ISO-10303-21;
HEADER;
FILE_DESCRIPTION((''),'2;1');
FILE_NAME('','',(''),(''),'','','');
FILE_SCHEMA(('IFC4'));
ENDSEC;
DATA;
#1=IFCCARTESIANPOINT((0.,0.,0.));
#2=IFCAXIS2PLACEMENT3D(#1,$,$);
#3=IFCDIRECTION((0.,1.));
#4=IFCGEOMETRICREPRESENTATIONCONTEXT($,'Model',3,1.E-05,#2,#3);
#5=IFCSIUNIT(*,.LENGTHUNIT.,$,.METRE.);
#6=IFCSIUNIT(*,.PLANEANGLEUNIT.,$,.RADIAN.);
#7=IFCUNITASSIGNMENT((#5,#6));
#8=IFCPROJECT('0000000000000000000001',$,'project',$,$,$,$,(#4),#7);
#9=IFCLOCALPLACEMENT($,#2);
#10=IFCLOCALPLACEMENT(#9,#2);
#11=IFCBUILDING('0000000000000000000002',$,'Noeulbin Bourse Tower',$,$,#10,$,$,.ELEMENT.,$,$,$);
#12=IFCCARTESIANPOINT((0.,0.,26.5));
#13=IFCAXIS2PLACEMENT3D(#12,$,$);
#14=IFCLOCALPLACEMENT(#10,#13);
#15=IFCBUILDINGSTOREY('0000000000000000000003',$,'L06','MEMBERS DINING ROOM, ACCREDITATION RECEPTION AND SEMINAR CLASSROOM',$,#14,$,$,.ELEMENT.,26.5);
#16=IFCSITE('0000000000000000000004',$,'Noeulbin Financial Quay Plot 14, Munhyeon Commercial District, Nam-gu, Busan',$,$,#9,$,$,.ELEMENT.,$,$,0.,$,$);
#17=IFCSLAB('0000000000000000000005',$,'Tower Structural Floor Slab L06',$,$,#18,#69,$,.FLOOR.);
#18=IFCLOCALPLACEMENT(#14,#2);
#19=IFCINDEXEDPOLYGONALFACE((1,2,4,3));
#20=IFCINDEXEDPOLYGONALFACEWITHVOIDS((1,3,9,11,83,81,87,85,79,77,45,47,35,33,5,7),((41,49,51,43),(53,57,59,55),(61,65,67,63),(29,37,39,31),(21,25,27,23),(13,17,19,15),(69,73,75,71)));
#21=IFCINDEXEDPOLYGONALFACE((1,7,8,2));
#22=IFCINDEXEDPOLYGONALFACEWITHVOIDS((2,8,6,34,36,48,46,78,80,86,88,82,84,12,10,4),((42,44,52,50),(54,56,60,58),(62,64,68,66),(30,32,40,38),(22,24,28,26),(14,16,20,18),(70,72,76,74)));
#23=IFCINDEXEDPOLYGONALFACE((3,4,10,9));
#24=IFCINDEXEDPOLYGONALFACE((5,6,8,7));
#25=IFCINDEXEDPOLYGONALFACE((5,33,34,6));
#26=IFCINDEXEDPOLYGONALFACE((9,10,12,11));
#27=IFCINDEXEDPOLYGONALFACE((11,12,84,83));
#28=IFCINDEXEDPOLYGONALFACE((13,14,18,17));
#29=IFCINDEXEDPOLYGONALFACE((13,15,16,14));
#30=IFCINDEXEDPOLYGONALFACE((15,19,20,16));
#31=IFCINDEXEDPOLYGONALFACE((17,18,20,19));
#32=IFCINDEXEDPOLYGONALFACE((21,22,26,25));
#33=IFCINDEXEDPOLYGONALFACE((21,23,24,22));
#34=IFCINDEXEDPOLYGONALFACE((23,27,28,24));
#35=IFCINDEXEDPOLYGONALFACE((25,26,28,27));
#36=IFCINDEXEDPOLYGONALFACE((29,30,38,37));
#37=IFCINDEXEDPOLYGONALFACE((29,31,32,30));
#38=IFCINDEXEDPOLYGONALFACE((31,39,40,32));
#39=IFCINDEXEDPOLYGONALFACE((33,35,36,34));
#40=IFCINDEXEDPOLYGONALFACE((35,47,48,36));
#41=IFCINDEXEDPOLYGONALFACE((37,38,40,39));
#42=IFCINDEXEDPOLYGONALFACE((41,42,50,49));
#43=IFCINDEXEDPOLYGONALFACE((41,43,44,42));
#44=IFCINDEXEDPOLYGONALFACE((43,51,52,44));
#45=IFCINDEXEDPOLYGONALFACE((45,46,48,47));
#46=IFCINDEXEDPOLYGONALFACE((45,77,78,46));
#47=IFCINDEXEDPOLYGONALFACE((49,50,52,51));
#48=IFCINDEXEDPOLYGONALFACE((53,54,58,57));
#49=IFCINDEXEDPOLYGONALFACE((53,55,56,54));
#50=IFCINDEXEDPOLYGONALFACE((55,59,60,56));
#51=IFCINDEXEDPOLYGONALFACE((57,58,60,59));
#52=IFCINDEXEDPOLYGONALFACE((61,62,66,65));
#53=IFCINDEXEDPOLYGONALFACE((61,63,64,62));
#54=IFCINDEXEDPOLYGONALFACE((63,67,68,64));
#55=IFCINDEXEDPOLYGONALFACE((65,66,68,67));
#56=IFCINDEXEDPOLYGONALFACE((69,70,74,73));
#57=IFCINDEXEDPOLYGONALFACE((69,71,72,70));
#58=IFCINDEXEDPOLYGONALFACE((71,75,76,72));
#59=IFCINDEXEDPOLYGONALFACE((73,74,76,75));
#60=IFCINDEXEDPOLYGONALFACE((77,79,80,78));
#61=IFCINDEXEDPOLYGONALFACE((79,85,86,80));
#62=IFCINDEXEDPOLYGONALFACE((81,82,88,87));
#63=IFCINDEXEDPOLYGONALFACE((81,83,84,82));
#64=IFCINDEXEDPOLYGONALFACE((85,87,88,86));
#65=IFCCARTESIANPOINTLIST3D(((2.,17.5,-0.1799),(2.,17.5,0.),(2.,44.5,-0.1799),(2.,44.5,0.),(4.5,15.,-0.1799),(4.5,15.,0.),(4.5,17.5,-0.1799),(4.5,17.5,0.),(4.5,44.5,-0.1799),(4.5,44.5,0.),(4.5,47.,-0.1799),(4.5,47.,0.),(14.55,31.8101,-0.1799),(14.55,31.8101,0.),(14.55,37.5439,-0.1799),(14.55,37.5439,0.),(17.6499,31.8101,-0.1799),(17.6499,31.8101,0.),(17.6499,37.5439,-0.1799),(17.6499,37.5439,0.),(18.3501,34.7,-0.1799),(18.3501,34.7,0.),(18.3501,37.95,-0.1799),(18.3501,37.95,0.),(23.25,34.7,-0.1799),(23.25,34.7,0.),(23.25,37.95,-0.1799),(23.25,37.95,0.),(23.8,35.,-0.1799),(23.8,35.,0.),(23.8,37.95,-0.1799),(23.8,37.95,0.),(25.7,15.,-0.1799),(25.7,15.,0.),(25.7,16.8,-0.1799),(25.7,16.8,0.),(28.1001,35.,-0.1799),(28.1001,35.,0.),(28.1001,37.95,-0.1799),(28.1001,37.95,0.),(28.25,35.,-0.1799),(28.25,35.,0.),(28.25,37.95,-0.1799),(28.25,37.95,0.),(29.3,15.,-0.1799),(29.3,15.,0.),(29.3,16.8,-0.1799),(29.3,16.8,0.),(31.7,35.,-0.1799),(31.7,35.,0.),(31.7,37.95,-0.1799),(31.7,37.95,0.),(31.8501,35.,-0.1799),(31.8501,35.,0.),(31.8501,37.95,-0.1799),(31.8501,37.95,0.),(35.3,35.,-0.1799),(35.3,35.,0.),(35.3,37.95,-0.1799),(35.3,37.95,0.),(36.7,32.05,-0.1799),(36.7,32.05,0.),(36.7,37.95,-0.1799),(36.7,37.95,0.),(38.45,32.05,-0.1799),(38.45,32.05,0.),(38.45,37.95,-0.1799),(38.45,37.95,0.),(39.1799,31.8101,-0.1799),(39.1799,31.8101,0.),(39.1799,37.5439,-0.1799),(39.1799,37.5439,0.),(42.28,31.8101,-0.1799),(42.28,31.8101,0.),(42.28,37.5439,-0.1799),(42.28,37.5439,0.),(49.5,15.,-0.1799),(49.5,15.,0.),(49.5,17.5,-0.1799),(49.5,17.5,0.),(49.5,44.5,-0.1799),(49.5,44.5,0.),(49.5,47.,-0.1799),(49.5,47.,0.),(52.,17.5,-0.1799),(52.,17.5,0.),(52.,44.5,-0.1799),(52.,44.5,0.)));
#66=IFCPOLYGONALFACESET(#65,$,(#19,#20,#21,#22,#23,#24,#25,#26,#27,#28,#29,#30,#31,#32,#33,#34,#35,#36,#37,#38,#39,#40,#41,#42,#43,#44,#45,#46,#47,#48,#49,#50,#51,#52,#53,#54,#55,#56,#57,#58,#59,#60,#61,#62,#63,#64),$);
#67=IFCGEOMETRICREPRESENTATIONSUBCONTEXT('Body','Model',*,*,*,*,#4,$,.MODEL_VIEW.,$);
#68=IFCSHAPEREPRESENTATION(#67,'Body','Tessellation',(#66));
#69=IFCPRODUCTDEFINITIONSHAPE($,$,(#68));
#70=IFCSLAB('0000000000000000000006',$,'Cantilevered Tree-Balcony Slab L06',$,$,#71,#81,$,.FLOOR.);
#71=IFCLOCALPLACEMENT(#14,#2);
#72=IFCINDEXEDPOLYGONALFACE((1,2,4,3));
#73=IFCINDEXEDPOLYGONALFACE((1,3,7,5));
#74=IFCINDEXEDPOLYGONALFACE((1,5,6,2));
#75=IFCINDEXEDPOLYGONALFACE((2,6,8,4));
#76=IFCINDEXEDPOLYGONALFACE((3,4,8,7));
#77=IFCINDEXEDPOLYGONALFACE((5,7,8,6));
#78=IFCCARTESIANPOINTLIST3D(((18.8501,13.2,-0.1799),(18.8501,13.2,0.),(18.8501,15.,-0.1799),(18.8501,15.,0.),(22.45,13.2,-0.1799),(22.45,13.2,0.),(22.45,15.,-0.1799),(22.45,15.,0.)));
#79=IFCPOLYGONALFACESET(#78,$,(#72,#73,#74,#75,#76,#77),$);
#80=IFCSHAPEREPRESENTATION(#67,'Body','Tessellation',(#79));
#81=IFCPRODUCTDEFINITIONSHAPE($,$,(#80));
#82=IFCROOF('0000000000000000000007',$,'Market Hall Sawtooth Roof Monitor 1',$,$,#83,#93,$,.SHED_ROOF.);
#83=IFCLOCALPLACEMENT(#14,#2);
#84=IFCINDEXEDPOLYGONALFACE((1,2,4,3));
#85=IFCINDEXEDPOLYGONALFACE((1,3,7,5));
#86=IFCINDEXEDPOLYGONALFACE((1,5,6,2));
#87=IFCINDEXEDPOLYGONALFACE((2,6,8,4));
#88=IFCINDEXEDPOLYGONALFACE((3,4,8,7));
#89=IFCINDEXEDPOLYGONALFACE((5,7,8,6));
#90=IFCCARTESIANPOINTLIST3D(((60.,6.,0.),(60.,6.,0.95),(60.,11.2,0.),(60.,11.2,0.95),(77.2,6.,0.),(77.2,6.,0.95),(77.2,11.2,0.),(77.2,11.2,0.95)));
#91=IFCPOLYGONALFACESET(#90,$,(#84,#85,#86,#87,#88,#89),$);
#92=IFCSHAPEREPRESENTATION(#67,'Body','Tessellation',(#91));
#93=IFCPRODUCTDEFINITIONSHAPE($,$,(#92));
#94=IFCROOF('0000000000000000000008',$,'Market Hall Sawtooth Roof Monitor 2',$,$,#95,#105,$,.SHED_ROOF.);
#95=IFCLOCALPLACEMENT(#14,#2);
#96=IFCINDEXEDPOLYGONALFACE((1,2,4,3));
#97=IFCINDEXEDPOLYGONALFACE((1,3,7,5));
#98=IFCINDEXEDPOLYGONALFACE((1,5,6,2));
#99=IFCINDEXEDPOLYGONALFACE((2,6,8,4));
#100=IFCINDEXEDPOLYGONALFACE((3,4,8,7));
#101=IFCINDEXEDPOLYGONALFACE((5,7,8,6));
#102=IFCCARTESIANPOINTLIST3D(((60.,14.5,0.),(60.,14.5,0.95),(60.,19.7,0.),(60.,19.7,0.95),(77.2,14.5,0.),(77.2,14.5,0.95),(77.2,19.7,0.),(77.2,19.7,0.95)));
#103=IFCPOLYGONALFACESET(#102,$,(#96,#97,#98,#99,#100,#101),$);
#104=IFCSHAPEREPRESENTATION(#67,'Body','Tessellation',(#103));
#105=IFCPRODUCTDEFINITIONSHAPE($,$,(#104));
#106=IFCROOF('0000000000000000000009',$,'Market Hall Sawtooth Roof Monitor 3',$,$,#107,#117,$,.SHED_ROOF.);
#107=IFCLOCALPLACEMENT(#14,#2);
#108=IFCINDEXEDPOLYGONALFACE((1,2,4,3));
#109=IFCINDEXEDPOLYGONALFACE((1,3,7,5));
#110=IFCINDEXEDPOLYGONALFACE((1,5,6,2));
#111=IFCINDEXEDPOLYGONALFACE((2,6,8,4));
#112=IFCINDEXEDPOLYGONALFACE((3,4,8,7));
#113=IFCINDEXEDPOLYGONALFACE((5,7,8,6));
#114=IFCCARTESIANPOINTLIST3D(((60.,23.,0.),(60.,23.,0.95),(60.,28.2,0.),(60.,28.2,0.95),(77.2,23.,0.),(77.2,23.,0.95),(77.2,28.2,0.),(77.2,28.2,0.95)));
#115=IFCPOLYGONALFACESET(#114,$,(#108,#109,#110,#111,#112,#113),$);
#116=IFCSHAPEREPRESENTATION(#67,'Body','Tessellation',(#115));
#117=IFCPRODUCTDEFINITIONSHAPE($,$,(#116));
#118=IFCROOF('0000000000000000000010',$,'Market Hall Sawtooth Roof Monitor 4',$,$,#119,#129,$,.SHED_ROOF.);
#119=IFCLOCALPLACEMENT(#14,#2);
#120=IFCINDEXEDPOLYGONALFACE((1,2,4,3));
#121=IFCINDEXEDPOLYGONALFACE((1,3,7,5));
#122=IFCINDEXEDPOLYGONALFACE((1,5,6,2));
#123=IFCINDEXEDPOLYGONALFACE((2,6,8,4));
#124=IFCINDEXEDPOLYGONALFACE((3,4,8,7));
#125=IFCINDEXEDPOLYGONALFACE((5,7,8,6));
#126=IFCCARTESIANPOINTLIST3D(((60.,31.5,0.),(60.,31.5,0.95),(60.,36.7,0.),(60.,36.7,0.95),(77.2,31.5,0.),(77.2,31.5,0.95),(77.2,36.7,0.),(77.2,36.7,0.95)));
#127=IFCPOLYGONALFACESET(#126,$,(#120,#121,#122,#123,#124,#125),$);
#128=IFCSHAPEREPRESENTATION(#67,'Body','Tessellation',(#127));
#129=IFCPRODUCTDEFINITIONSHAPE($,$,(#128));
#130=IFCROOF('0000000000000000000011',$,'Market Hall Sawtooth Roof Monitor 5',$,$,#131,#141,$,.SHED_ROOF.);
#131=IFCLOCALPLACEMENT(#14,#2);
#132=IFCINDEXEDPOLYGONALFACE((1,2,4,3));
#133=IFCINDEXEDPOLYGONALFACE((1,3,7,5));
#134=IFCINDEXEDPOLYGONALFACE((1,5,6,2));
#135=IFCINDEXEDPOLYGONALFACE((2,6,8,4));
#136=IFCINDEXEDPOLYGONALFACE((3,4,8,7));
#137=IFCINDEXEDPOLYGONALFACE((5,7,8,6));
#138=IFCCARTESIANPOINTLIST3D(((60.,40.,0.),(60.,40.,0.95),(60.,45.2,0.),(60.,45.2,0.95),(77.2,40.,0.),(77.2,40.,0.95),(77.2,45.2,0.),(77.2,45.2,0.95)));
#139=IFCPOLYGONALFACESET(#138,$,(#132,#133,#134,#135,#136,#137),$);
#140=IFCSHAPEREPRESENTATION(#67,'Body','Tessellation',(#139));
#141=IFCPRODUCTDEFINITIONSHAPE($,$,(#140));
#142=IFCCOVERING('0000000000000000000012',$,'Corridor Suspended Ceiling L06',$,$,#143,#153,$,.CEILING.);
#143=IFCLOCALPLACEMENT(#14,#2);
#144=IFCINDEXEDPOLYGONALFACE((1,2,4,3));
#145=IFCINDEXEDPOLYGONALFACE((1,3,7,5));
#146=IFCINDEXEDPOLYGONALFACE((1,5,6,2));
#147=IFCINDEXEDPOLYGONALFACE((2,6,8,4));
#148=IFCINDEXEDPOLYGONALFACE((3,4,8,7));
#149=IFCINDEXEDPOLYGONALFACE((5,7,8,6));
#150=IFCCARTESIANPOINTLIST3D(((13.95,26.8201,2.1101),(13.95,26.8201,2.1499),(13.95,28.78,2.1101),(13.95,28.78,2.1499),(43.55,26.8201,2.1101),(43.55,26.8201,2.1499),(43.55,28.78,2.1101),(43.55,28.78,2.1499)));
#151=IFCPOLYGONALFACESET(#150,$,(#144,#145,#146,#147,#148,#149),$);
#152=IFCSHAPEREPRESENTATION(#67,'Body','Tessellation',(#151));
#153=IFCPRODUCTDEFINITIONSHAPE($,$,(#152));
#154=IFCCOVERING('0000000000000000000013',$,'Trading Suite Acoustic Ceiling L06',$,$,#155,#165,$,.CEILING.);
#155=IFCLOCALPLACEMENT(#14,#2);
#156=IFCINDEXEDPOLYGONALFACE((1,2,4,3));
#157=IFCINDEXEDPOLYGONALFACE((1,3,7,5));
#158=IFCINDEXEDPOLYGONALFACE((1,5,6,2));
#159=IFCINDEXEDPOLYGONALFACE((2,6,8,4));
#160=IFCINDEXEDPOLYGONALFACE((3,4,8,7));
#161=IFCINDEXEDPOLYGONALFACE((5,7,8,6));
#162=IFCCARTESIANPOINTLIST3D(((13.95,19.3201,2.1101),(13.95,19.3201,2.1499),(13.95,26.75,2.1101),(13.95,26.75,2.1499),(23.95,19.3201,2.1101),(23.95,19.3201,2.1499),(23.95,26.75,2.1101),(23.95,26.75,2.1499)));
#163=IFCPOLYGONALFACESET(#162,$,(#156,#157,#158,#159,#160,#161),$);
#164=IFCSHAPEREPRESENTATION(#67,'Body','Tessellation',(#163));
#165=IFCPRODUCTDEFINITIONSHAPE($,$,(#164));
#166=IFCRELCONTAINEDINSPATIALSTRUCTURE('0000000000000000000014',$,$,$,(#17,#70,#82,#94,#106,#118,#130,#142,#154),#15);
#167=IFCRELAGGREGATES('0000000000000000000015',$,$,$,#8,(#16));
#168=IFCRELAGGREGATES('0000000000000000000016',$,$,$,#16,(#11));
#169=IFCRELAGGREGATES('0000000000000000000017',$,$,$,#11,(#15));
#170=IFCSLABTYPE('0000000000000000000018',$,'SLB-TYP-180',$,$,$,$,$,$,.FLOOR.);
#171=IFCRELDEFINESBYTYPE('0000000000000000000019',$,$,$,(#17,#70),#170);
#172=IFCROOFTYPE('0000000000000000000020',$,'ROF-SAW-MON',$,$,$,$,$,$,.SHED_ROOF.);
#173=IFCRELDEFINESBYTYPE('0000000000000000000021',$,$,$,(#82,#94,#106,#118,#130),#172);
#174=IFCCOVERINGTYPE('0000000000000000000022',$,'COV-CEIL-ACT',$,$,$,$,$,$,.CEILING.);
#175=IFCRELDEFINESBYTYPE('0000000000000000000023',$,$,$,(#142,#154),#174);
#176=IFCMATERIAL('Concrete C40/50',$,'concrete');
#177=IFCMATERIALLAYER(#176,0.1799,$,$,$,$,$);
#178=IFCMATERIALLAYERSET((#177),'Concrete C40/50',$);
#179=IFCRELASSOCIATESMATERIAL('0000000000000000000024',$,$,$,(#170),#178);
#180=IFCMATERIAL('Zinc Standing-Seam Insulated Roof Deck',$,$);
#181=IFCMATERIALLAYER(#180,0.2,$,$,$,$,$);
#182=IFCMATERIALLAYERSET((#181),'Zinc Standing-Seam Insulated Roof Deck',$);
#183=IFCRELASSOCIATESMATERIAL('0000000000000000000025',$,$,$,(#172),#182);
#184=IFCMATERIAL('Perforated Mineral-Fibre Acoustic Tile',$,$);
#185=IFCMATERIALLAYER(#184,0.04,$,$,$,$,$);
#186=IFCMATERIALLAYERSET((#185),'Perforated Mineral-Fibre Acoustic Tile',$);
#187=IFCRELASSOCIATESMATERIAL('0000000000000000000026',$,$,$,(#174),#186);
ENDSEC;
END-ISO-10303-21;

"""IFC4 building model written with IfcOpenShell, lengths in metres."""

from ifc_helpers import new_model, si_unit, direction, frame, origin, place, context, subcontext, project, spatial, polyline, outline, extrude, material, layer, layer_set, type_object, element, save


model = new_model("IFC4")

# Units and contexts
model_context = context("Model", 3, precision=1e-05, world=origin(), true_north=direction((0.0, 1.0)))
body_context = subcontext(model_context, "Body", "Model", "MODEL_VIEW")
ifc_project = project(units=[si_unit("LENGTHUNIT", "METRE"), si_unit("PLANEANGLEUNIT", "RADIAN")], contexts=[model_context])

# Site, building, storey
site_placement = place(None, origin())
site = spatial("IfcSite", under=ifc_project, at=site_placement, Name="Noeulbin Financial Quay Plot 14, Munhyeon Commercial District, Nam-gu, Busan", CompositionType="ELEMENT", RefElevation=0.0)
building_placement = place(site_placement, origin())
building = spatial("IfcBuilding", under=site, at=building_placement, Name="Noeulbin Bourse Tower", CompositionType="ELEMENT")
storey_placement = place(building_placement, frame((0.0, 0.0, 26.5)))
storey = spatial("IfcBuildingStorey", under=building, at=storey_placement, Name="L06", Description="MEMBERS DINING ROOM, ACCREDITATION RECEPTION AND SEMINAR CLASSROOM", CompositionType="ELEMENT", Elevation=26.5)

# Shared definitions
ifc_material_1 = material(Name="Concrete C40/50", Category="concrete")

# Slab, openings
ifc_layer_1 = layer(ifc_material_1, 0.1799)
ifc_layer_set_1 = layer_set([ifc_layer_1], Name="Concrete C40/50")
slab_type_1 = type_object("IfcSlabType", Name="SLB-TYP-180", PredefinedType="FLOOR", material=ifc_layer_set_1)
slab_1_placement = place(storey_placement, frame((0.0, 0.0, -0.1799)))
slab_1 = element("IfcSlab", 1, at=slab_1_placement, inside=storey, type_object=slab_type_1, Name="Tower Structural Floor Slab L06", PredefinedType="FLOOR", context=body_context, shape_type="SweptSolid", body=[
    extrude(outline(polyline([(4.5, 15.0), (25.7, 15.0), (25.7, 16.8), (29.3, 16.8), (29.3, 15.0), (49.5, 15.0), (49.5, 17.5), (52.0, 17.5), (52.0, 44.5), (49.5, 44.5), (49.5, 47.0), (4.5, 47.0), (4.5, 44.5), (2.0, 44.5), (2.0, 17.5), (4.5, 17.5), (4.5, 15.0)]), holes=[polyline([(17.6499, 31.8101), (17.6499, 37.5439), (14.55, 37.5439), (14.55, 31.8101), (17.6499, 31.8101)]), polyline([(42.28, 31.8101), (42.28, 37.5439), (39.1799, 37.5439), (39.1799, 31.8101), (42.28, 31.8101)]), polyline([(18.3501, 34.7), (23.25, 34.7), (23.25, 37.95), (18.3501, 37.95), (18.3501, 34.7)]), polyline([(36.7, 32.05), (38.45, 32.05), (38.45, 37.95), (36.7, 37.95), (36.7, 32.05)]), polyline([(23.8, 35.0), (28.1001, 35.0), (28.1001, 37.95), (23.8, 37.95), (23.8, 35.0)]), polyline([(28.25, 35.0), (31.7, 35.0), (31.7, 37.95), (28.25, 37.95), (28.25, 35.0)]), polyline([(31.8501, 35.0), (35.3, 35.0), (35.3, 37.95), (31.8501, 37.95), (31.8501, 35.0)])]), origin(), (0.0, 0.0, 1.0), 0.1799),
])
opening_1_placement = place(slab_1_placement, frame((0.0, 0.0, -0.01)))
element("IfcOpeningElement", 2, at=opening_1_placement, cuts=slab_1, PredefinedType="OPENING", context=body_context, shape_type="SweptSolid", body=[
    extrude(outline(polyline([(17.6499, 31.8101), (17.6499, 37.5439), (14.55, 37.5439), (14.55, 31.8101), (17.6499, 31.8101)])), origin(), (0.0, 0.0, 1.0), 0.2),
])
opening_2_placement = place(slab_1_placement, frame((0.0, 0.0, -0.01)))
element("IfcOpeningElement", 3, at=opening_2_placement, cuts=slab_1, PredefinedType="OPENING", context=body_context, shape_type="SweptSolid", body=[
    extrude(outline(polyline([(42.28, 31.8101), (42.28, 37.5439), (39.1799, 37.5439), (39.1799, 31.8101), (42.28, 31.8101)])), origin(), (0.0, 0.0, 1.0), 0.2),
])
opening_3_placement = place(slab_1_placement, frame((0.0, 0.0, -0.01)))
element("IfcOpeningElement", 4, at=opening_3_placement, cuts=slab_1, PredefinedType="OPENING", context=body_context, shape_type="SweptSolid", body=[
    extrude(outline(polyline([(18.3501, 34.7), (23.25, 34.7), (23.25, 37.95), (18.3501, 37.95), (18.3501, 34.7)])), origin(), (0.0, 0.0, 1.0), 0.2),
])
opening_4_placement = place(slab_1_placement, frame((0.0, 0.0, -0.01)))
element("IfcOpeningElement", 5, at=opening_4_placement, cuts=slab_1, PredefinedType="OPENING", context=body_context, shape_type="SweptSolid", body=[
    extrude(outline(polyline([(36.7, 32.05), (38.45, 32.05), (38.45, 37.95), (36.7, 37.95), (36.7, 32.05)])), origin(), (0.0, 0.0, 1.0), 0.2),
])
opening_5_placement = place(slab_1_placement, frame((0.0, 0.0, -0.01)))
element("IfcOpeningElement", 6, at=opening_5_placement, cuts=slab_1, PredefinedType="OPENING", context=body_context, shape_type="SweptSolid", body=[
    extrude(outline(polyline([(23.8, 35.0), (28.1001, 35.0), (28.1001, 37.95), (23.8, 37.95), (23.8, 35.0)])), origin(), (0.0, 0.0, 1.0), 0.2),
])
opening_6_placement = place(slab_1_placement, frame((0.0, 0.0, -0.01)))
element("IfcOpeningElement", 7, at=opening_6_placement, cuts=slab_1, PredefinedType="OPENING", context=body_context, shape_type="SweptSolid", body=[
    extrude(outline(polyline([(28.25, 35.0), (31.7, 35.0), (31.7, 37.95), (28.25, 37.95), (28.25, 35.0)])), origin(), (0.0, 0.0, 1.0), 0.2),
])
opening_7_placement = place(slab_1_placement, frame((0.0, 0.0, -0.01)))
element("IfcOpeningElement", 8, at=opening_7_placement, cuts=slab_1, PredefinedType="OPENING", context=body_context, shape_type="SweptSolid", body=[
    extrude(outline(polyline([(31.8501, 35.0), (35.3, 35.0), (35.3, 37.95), (31.8501, 37.95), (31.8501, 35.0)])), origin(), (0.0, 0.0, 1.0), 0.2),
])

# Slab
slab_2_placement = place(storey_placement, frame((0.0, 0.0, -0.1799)))
element("IfcSlab", 9, at=slab_2_placement, inside=storey, type_object=slab_type_1, Name="Cantilevered Tree-Balcony Slab L06", PredefinedType="FLOOR", context=body_context, shape_type="SweptSolid", body=[
    extrude(outline(polyline([(18.8501, 13.2), (22.45, 13.2), (22.45, 15.0), (18.8501, 15.0), (18.8501, 13.2)])), origin(), (0.0, 0.0, 1.0), 0.1799),
])

# Roofs
ifc_material_2 = material(Name="Zinc Standing-Seam Insulated Roof Deck")
ifc_layer_2 = layer(ifc_material_2, 0.2)
ifc_layer_set_2 = layer_set([ifc_layer_2], Name="Zinc Standing-Seam Insulated Roof Deck")
roof_type = type_object("IfcRoofType", Name="ROF-SAW-MON", PredefinedType="SHED_ROOF", material=ifc_layer_set_2)
roof_1_placement = place(storey_placement, origin())
element("IfcRoof", 10, at=roof_1_placement, inside=storey, type_object=roof_type, Name="Market Hall Sawtooth Roof Monitor 1", PredefinedType="SHED_ROOF", context=body_context, shape_type="SweptSolid", body=[
    extrude(outline(polyline([(60.0, 6.0), (77.2, 6.0), (77.2, 11.2), (60.0, 11.2), (60.0, 6.0)])), origin(), (0.0, 0.0, 1.0), 0.95),
])
roof_2_placement = place(storey_placement, origin())
element("IfcRoof", 11, at=roof_2_placement, inside=storey, type_object=roof_type, Name="Market Hall Sawtooth Roof Monitor 2", PredefinedType="SHED_ROOF", context=body_context, shape_type="SweptSolid", body=[
    extrude(outline(polyline([(60.0, 14.5), (77.2, 14.5), (77.2, 19.7), (60.0, 19.7), (60.0, 14.5)])), origin(), (0.0, 0.0, 1.0), 0.95),
])
roof_3_placement = place(storey_placement, origin())
element("IfcRoof", 12, at=roof_3_placement, inside=storey, type_object=roof_type, Name="Market Hall Sawtooth Roof Monitor 3", PredefinedType="SHED_ROOF", context=body_context, shape_type="SweptSolid", body=[
    extrude(outline(polyline([(60.0, 23.0), (77.2, 23.0), (77.2, 28.2), (60.0, 28.2), (60.0, 23.0)])), origin(), (0.0, 0.0, 1.0), 0.95),
])
roof_4_placement = place(storey_placement, origin())
element("IfcRoof", 13, at=roof_4_placement, inside=storey, type_object=roof_type, Name="Market Hall Sawtooth Roof Monitor 4", PredefinedType="SHED_ROOF", context=body_context, shape_type="SweptSolid", body=[
    extrude(outline(polyline([(60.0, 31.5), (77.2, 31.5), (77.2, 36.7), (60.0, 36.7), (60.0, 31.5)])), origin(), (0.0, 0.0, 1.0), 0.95),
])
roof_5_placement = place(storey_placement, origin())
element("IfcRoof", 14, at=roof_5_placement, inside=storey, type_object=roof_type, Name="Market Hall Sawtooth Roof Monitor 5", PredefinedType="SHED_ROOF", context=body_context, shape_type="SweptSolid", body=[
    extrude(outline(polyline([(60.0, 40.0), (77.2, 40.0), (77.2, 45.2), (60.0, 45.2), (60.0, 40.0)])), origin(), (0.0, 0.0, 1.0), 0.95),
])

# Coverings
ifc_material_3 = material(Name="Perforated Mineral-Fibre Acoustic Tile")
ifc_layer_3 = layer(ifc_material_3, 0.04)
ifc_layer_set_3 = layer_set([ifc_layer_3], Name="Perforated Mineral-Fibre Acoustic Tile")
covering_type_1 = type_object("IfcCoveringType", Name="COV-CEIL-ACT", PredefinedType="CEILING", material=ifc_layer_set_3)
covering_1_placement = place(storey_placement, frame((0.0, 0.0, 2.1101)))
element("IfcCovering", 15, at=covering_1_placement, inside=storey, type_object=covering_type_1, Name="Corridor Suspended Ceiling L06", PredefinedType="CEILING", context=body_context, shape_type="SweptSolid", body=[
    extrude(outline(polyline([(13.95, 26.8201), (43.55, 26.8201), (43.55, 28.78), (13.95, 28.78), (13.95, 26.8201)])), origin(), (0.0, 0.0, 1.0), 0.0398),
])
covering_2_placement = place(storey_placement, frame((0.0, 0.0, 2.1101)))
element("IfcCovering", 16, at=covering_2_placement, inside=storey, type_object=covering_type_1, Name="Trading Suite Acoustic Ceiling L06", PredefinedType="CEILING", context=body_context, shape_type="SweptSolid", body=[
    extrude(outline(polyline([(13.95, 19.3201), (23.95, 19.3201), (23.95, 26.75), (13.95, 26.75), (13.95, 19.3201)])), origin(), (0.0, 0.0, 1.0), 0.0398),
])

save(model, "model.ifc")
